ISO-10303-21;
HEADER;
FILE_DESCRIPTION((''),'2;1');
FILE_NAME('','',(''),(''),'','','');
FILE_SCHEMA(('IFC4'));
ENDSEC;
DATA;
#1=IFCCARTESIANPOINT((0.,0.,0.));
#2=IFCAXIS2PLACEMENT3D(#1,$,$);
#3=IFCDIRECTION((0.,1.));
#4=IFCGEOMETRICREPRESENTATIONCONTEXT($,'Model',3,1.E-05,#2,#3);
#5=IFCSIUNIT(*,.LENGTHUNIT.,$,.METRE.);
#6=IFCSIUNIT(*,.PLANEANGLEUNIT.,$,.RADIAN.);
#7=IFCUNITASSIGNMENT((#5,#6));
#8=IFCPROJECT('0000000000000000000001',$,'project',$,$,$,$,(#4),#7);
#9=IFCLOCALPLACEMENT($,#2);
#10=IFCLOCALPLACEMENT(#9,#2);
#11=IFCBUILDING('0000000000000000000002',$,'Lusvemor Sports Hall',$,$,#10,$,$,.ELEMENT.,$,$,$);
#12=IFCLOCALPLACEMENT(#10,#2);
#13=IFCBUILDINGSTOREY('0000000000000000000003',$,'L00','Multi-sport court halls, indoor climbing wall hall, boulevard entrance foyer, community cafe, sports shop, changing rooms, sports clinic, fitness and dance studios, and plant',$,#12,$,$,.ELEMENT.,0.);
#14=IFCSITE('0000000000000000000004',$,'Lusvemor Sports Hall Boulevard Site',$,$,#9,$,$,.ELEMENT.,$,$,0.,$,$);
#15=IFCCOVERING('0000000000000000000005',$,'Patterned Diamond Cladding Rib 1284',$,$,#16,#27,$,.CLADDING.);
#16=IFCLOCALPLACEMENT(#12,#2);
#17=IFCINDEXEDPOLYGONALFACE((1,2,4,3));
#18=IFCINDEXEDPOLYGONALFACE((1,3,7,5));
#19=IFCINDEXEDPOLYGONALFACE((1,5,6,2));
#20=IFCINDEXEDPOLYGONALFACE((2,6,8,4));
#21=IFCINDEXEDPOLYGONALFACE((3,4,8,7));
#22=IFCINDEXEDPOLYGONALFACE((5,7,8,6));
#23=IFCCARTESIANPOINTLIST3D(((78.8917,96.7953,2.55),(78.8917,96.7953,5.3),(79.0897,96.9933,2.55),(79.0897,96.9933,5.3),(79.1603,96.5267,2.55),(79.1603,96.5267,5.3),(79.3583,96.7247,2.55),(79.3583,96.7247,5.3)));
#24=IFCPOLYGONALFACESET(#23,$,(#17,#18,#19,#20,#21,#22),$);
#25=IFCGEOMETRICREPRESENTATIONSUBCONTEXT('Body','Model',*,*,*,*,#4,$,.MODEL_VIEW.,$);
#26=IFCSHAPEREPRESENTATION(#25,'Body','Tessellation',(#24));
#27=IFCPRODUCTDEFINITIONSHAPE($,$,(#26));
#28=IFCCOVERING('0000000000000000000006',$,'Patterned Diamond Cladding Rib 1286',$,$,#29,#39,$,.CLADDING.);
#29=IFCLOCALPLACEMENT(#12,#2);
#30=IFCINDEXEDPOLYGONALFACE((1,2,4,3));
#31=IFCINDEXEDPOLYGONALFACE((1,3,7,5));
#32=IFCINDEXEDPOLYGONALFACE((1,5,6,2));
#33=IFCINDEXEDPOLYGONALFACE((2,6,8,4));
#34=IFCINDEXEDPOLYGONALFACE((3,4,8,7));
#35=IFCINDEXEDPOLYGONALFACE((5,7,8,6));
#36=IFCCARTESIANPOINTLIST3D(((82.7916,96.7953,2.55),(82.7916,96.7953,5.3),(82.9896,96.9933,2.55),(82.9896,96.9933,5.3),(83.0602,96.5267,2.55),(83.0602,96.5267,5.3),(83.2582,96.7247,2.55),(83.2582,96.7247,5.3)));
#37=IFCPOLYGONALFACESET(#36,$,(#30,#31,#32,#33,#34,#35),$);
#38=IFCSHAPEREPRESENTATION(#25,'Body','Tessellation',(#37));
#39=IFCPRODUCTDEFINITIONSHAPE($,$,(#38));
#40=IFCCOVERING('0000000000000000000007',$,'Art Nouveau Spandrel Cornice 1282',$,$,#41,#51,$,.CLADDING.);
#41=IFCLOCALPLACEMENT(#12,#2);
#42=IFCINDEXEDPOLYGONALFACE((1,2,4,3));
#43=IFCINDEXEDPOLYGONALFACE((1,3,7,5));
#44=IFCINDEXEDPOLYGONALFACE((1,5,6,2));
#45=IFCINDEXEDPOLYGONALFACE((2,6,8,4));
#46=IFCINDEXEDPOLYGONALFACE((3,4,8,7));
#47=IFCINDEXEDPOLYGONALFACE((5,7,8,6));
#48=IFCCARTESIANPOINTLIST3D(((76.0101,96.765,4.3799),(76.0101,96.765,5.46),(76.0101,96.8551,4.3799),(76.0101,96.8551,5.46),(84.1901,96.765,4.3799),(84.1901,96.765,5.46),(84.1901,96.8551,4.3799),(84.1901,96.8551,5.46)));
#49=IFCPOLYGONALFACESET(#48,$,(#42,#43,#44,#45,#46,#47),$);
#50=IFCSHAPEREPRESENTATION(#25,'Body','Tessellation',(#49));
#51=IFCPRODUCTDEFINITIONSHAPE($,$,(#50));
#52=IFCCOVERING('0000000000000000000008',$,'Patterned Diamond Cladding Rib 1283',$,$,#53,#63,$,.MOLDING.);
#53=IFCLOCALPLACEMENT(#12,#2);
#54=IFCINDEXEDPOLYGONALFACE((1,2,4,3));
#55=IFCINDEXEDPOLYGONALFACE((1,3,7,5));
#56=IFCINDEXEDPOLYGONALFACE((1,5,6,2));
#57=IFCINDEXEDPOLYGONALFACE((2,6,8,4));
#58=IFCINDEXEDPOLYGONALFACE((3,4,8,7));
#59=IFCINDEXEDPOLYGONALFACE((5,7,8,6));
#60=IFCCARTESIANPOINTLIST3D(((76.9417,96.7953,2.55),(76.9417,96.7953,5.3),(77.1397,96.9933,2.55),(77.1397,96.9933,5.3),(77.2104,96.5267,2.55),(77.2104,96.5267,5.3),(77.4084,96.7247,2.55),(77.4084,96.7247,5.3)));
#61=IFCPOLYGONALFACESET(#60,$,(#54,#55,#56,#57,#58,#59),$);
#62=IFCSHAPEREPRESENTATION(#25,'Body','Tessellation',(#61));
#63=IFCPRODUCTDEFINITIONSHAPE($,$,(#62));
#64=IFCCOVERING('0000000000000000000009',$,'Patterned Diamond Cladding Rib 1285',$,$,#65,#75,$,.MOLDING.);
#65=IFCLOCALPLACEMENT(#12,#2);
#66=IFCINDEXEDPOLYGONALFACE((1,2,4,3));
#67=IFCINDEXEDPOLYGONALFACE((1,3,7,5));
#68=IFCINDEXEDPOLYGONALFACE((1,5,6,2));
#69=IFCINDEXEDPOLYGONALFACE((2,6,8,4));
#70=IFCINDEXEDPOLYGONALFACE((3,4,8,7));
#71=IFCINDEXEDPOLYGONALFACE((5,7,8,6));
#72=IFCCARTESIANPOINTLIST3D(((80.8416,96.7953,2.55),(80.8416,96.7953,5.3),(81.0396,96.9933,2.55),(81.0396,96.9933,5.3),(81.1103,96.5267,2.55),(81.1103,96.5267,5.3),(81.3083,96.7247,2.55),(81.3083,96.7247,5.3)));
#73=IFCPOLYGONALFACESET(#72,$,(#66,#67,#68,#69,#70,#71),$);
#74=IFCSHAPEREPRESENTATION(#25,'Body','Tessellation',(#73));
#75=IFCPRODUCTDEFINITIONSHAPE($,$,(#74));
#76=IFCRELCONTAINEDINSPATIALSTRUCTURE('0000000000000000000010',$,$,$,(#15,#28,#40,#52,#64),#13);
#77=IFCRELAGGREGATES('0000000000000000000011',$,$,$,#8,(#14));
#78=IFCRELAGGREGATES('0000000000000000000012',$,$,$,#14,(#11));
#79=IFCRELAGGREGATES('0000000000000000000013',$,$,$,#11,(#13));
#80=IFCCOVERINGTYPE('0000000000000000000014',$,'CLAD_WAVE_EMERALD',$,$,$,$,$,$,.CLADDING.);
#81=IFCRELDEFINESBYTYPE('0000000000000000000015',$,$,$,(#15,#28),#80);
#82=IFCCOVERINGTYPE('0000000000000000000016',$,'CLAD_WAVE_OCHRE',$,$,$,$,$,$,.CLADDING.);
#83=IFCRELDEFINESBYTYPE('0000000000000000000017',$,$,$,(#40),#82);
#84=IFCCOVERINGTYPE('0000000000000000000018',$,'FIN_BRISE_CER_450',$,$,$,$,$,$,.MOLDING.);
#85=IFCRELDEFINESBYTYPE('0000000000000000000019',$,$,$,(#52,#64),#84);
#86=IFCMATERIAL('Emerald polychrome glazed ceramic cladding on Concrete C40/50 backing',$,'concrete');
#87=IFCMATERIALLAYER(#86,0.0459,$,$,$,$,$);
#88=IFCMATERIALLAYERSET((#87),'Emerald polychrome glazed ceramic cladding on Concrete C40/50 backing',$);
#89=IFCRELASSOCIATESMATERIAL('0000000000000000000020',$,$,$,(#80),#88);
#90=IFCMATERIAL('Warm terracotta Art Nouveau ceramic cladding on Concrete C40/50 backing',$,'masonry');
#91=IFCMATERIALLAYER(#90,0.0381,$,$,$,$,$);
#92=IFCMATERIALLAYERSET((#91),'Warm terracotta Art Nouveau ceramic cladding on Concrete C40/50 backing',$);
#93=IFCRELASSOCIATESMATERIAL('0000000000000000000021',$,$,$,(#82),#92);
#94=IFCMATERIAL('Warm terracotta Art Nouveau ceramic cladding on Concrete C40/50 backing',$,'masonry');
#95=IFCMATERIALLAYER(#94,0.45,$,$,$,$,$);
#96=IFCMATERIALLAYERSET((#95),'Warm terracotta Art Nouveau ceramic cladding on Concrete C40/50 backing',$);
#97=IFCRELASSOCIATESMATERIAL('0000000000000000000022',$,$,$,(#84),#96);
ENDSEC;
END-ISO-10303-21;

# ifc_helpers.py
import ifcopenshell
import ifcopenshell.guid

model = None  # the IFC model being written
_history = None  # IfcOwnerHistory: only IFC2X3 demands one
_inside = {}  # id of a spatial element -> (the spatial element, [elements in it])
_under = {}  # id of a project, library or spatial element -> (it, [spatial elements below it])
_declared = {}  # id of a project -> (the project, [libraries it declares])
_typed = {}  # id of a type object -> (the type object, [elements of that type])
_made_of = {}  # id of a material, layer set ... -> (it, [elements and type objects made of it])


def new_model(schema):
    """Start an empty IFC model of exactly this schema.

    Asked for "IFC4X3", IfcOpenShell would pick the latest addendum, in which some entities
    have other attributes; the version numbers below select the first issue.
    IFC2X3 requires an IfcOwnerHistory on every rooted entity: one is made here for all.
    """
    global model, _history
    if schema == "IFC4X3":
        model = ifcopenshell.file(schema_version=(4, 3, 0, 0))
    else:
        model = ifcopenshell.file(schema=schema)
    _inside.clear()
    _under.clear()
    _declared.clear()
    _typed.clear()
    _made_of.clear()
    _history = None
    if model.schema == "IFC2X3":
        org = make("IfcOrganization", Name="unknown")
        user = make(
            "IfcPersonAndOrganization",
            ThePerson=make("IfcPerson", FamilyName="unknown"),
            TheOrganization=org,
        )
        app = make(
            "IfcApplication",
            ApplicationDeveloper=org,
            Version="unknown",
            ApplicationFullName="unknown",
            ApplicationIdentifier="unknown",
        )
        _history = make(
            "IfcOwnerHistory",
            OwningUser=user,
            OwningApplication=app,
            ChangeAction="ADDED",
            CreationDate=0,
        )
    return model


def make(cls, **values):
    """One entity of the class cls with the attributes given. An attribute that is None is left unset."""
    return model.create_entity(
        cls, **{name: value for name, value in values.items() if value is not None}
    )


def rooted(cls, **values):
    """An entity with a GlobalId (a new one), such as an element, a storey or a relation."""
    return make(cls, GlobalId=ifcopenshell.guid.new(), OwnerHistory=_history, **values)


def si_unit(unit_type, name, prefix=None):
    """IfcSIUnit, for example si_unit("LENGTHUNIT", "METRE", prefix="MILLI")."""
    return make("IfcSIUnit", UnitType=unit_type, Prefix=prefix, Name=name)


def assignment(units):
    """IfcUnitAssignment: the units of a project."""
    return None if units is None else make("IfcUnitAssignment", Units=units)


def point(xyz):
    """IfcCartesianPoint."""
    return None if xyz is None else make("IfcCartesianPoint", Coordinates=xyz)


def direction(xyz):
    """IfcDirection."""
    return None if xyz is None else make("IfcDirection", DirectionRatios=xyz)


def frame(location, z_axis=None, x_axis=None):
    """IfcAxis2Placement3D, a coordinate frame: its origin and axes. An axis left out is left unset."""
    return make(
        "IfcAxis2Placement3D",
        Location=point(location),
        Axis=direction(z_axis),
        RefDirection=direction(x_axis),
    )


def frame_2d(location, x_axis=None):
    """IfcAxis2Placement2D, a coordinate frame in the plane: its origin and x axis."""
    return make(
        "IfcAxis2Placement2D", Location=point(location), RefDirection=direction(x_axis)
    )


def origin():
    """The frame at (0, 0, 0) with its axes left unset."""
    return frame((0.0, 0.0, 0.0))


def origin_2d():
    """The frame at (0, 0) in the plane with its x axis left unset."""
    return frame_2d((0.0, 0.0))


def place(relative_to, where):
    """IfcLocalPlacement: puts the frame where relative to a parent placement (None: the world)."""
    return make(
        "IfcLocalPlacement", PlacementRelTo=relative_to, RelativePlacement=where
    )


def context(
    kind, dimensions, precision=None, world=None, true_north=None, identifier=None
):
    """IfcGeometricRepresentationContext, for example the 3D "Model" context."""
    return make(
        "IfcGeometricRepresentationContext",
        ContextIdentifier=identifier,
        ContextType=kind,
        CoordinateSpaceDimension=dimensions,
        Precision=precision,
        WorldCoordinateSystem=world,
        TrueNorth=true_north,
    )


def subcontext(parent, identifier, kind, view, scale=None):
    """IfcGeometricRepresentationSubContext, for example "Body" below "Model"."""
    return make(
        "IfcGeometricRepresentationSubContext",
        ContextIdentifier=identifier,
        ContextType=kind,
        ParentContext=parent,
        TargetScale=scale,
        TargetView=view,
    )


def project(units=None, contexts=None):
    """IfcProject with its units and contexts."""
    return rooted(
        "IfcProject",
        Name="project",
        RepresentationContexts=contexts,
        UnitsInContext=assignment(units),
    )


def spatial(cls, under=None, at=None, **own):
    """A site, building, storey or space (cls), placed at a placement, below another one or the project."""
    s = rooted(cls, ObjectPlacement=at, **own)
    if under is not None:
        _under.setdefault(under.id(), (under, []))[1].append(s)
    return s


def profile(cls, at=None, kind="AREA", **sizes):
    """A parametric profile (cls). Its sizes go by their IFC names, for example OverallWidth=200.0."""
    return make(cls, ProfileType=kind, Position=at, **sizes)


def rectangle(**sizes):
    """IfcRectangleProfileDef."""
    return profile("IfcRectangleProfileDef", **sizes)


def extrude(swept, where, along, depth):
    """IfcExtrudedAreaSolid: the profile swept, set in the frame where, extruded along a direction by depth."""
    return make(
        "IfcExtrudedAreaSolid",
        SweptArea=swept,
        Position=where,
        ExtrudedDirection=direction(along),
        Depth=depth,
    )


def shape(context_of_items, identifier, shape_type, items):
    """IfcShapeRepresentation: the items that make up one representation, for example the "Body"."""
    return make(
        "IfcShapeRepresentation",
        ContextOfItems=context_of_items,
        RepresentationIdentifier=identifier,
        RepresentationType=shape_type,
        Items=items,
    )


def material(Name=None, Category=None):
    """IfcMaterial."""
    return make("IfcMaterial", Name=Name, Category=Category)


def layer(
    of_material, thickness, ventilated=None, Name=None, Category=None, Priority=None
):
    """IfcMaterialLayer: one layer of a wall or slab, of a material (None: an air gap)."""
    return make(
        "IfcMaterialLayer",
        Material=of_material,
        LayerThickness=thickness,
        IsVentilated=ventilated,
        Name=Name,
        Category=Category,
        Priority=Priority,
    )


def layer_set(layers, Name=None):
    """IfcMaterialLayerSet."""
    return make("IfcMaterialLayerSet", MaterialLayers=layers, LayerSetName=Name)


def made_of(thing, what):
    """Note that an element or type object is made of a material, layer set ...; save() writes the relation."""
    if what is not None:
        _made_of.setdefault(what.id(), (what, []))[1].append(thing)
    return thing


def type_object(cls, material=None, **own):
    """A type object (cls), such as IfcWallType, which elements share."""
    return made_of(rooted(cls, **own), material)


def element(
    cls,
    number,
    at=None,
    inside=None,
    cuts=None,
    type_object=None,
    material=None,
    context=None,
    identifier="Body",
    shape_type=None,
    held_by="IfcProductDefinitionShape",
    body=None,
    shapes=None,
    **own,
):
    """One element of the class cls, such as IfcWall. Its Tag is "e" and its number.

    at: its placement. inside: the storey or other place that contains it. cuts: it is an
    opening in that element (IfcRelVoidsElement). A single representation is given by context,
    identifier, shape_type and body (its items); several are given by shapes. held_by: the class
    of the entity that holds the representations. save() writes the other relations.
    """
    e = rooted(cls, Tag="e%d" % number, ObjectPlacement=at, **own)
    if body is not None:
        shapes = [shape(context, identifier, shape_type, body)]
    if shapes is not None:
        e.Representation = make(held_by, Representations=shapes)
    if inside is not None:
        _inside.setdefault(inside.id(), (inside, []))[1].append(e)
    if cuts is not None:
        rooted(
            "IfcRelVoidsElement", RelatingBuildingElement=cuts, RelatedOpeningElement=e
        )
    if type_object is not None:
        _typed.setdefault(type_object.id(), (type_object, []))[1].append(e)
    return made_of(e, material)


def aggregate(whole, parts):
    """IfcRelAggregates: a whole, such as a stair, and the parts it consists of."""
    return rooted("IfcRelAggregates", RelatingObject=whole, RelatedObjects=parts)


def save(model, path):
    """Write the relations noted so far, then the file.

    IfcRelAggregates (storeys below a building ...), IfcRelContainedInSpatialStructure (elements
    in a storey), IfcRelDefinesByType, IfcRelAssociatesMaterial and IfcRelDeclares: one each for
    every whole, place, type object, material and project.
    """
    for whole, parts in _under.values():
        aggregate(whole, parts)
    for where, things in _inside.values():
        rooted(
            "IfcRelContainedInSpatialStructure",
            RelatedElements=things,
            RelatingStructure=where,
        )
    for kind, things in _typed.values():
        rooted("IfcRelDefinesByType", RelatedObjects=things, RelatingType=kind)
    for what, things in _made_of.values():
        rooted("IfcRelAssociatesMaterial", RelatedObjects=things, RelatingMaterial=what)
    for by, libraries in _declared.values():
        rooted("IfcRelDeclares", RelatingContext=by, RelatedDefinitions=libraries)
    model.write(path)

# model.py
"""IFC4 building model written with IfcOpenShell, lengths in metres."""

from ifc_helpers import new_model, si_unit, direction, frame, origin, origin_2d, place, context, subcontext, project, spatial, rectangle, extrude, material, layer, layer_set, type_object, element, save


model = new_model("IFC4")

# Units and contexts
model_context = context("Model", 3, precision=1e-05, world=origin(), true_north=direction((0.0, 1.0)))
body_context = subcontext(model_context, "Body", "Model", "MODEL_VIEW")
ifc_project = project(units=[si_unit("LENGTHUNIT", "METRE"), si_unit("PLANEANGLEUNIT", "RADIAN")], contexts=[model_context])

# Site, building, storey
site_placement = place(None, origin())
site = spatial("IfcSite", under=ifc_project, at=site_placement, Name="Lusvemor Sports Hall Boulevard Site", CompositionType="ELEMENT", RefElevation=0.0)
building_placement = place(site_placement, origin())
building = spatial("IfcBuilding", under=site, at=building_placement, Name="Lusvemor Sports Hall", CompositionType="ELEMENT")
storey_placement = place(building_placement, origin())
storey = spatial("IfcBuildingStorey", under=building, at=storey_placement, Name="L00", Description="Multi-sport court halls, indoor climbing wall hall, boulevard entrance foyer, community cafe, sports shop, changing rooms, sports clinic, fitness and dance studios, and plant", CompositionType="ELEMENT", Elevation=0.0)

# Coverings
ifc_material_1 = material(Name="Emerald polychrome glazed ceramic cladding on Concrete C40/50 backing", Category="concrete")
ifc_layer_1 = layer(ifc_material_1, 0.0459)
ifc_layer_set_1 = layer_set([ifc_layer_1], Name="Emerald polychrome glazed ceramic cladding on Concrete C40/50 backing")
covering_type_1 = type_object("IfcCoveringType", Name="CLAD_WAVE_EMERALD", PredefinedType="CLADDING", material=ifc_layer_set_1)
for number, where, z_axis, x_axis, name in (
    (1, (79.125, 96.76, 2.55), (0.0, 0.0, 1.0), (0.707107, 0.707107, 0.0), "Patterned Diamond Cladding Rib 1284"),
    (2, (83.0249, 96.76, 2.55), (0.0, 0.0, 1.0), (0.707107, 0.707107, 0.0), "Patterned Diamond Cladding Rib 1286"),
):
    element("IfcCovering", number, at=place(storey_placement, frame(where, z_axis=z_axis, x_axis=x_axis)), inside=storey, type_object=covering_type_1, Name=name, PredefinedType="CLADDING", context=body_context, shape_type="SweptSolid", body=[
        extrude(rectangle(XDim=0.28, YDim=0.3799, at=origin_2d()), origin(), (0.0, 0.0, 1.0), 2.75),
    ])
ifc_material_2 = material(Name="Warm terracotta Art Nouveau ceramic cladding on Concrete C40/50 backing", Category="masonry")
ifc_layer_2 = layer(ifc_material_2, 0.0381)
ifc_layer_set_2 = layer_set([ifc_layer_2], Name="Warm terracotta Art Nouveau ceramic cladding on Concrete C40/50 backing")
covering_type_2 = type_object("IfcCoveringType", Name="CLAD_WAVE_OCHRE", PredefinedType="CLADDING", material=ifc_layer_set_2)
covering_1_placement = place(storey_placement, frame((80.1001, 96.8101, 4.3799), z_axis=(0.0, 0.0, 1.0), x_axis=(1.0, 0.0, 0.0)))
element("IfcCovering", 3, at=covering_1_placement, inside=storey, type_object=covering_type_2, Name="Art Nouveau Spandrel Cornice 1282", PredefinedType="CLADDING", context=body_context, shape_type="SweptSolid", body=[
    extrude(rectangle(XDim=8.1799, YDim=0.0901, at=origin_2d()), origin(), (0.0, 0.0, 1.0), 1.0801),
])
ifc_material_3 = material(Name="Warm terracotta Art Nouveau ceramic cladding on Concrete C40/50 backing", Category="masonry")
ifc_layer_3 = layer(ifc_material_3, 0.45)
ifc_layer_set_3 = layer_set([ifc_layer_3], Name="Warm terracotta Art Nouveau ceramic cladding on Concrete C40/50 backing")
covering_type_3 = type_object("IfcCoveringType", Name="FIN_BRISE_CER_450", PredefinedType="MOLDING", material=ifc_layer_set_3)
for number, where, z_axis, x_axis, name in (
    (4, (77.175, 96.76, 2.55), (0.0, 0.0, 1.0), (0.707107, 0.707107, 0.0), "Patterned Diamond Cladding Rib 1283"),
    (5, (81.075, 96.76, 2.55), (0.0, 0.0, 1.0), (0.707107, 0.707107, 0.0), "Patterned Diamond Cladding Rib 1285"),
):
    element("IfcCovering", number, at=place(storey_placement, frame(where, z_axis=z_axis, x_axis=x_axis)), inside=storey, type_object=covering_type_3, Name=name, PredefinedType="MOLDING", context=body_context, shape_type="SweptSolid", body=[
        extrude(rectangle(XDim=0.28, YDim=0.3799, at=origin_2d()), origin(), (0.0, 0.0, 1.0), 2.75),
    ])

save(model, "model.ifc")
